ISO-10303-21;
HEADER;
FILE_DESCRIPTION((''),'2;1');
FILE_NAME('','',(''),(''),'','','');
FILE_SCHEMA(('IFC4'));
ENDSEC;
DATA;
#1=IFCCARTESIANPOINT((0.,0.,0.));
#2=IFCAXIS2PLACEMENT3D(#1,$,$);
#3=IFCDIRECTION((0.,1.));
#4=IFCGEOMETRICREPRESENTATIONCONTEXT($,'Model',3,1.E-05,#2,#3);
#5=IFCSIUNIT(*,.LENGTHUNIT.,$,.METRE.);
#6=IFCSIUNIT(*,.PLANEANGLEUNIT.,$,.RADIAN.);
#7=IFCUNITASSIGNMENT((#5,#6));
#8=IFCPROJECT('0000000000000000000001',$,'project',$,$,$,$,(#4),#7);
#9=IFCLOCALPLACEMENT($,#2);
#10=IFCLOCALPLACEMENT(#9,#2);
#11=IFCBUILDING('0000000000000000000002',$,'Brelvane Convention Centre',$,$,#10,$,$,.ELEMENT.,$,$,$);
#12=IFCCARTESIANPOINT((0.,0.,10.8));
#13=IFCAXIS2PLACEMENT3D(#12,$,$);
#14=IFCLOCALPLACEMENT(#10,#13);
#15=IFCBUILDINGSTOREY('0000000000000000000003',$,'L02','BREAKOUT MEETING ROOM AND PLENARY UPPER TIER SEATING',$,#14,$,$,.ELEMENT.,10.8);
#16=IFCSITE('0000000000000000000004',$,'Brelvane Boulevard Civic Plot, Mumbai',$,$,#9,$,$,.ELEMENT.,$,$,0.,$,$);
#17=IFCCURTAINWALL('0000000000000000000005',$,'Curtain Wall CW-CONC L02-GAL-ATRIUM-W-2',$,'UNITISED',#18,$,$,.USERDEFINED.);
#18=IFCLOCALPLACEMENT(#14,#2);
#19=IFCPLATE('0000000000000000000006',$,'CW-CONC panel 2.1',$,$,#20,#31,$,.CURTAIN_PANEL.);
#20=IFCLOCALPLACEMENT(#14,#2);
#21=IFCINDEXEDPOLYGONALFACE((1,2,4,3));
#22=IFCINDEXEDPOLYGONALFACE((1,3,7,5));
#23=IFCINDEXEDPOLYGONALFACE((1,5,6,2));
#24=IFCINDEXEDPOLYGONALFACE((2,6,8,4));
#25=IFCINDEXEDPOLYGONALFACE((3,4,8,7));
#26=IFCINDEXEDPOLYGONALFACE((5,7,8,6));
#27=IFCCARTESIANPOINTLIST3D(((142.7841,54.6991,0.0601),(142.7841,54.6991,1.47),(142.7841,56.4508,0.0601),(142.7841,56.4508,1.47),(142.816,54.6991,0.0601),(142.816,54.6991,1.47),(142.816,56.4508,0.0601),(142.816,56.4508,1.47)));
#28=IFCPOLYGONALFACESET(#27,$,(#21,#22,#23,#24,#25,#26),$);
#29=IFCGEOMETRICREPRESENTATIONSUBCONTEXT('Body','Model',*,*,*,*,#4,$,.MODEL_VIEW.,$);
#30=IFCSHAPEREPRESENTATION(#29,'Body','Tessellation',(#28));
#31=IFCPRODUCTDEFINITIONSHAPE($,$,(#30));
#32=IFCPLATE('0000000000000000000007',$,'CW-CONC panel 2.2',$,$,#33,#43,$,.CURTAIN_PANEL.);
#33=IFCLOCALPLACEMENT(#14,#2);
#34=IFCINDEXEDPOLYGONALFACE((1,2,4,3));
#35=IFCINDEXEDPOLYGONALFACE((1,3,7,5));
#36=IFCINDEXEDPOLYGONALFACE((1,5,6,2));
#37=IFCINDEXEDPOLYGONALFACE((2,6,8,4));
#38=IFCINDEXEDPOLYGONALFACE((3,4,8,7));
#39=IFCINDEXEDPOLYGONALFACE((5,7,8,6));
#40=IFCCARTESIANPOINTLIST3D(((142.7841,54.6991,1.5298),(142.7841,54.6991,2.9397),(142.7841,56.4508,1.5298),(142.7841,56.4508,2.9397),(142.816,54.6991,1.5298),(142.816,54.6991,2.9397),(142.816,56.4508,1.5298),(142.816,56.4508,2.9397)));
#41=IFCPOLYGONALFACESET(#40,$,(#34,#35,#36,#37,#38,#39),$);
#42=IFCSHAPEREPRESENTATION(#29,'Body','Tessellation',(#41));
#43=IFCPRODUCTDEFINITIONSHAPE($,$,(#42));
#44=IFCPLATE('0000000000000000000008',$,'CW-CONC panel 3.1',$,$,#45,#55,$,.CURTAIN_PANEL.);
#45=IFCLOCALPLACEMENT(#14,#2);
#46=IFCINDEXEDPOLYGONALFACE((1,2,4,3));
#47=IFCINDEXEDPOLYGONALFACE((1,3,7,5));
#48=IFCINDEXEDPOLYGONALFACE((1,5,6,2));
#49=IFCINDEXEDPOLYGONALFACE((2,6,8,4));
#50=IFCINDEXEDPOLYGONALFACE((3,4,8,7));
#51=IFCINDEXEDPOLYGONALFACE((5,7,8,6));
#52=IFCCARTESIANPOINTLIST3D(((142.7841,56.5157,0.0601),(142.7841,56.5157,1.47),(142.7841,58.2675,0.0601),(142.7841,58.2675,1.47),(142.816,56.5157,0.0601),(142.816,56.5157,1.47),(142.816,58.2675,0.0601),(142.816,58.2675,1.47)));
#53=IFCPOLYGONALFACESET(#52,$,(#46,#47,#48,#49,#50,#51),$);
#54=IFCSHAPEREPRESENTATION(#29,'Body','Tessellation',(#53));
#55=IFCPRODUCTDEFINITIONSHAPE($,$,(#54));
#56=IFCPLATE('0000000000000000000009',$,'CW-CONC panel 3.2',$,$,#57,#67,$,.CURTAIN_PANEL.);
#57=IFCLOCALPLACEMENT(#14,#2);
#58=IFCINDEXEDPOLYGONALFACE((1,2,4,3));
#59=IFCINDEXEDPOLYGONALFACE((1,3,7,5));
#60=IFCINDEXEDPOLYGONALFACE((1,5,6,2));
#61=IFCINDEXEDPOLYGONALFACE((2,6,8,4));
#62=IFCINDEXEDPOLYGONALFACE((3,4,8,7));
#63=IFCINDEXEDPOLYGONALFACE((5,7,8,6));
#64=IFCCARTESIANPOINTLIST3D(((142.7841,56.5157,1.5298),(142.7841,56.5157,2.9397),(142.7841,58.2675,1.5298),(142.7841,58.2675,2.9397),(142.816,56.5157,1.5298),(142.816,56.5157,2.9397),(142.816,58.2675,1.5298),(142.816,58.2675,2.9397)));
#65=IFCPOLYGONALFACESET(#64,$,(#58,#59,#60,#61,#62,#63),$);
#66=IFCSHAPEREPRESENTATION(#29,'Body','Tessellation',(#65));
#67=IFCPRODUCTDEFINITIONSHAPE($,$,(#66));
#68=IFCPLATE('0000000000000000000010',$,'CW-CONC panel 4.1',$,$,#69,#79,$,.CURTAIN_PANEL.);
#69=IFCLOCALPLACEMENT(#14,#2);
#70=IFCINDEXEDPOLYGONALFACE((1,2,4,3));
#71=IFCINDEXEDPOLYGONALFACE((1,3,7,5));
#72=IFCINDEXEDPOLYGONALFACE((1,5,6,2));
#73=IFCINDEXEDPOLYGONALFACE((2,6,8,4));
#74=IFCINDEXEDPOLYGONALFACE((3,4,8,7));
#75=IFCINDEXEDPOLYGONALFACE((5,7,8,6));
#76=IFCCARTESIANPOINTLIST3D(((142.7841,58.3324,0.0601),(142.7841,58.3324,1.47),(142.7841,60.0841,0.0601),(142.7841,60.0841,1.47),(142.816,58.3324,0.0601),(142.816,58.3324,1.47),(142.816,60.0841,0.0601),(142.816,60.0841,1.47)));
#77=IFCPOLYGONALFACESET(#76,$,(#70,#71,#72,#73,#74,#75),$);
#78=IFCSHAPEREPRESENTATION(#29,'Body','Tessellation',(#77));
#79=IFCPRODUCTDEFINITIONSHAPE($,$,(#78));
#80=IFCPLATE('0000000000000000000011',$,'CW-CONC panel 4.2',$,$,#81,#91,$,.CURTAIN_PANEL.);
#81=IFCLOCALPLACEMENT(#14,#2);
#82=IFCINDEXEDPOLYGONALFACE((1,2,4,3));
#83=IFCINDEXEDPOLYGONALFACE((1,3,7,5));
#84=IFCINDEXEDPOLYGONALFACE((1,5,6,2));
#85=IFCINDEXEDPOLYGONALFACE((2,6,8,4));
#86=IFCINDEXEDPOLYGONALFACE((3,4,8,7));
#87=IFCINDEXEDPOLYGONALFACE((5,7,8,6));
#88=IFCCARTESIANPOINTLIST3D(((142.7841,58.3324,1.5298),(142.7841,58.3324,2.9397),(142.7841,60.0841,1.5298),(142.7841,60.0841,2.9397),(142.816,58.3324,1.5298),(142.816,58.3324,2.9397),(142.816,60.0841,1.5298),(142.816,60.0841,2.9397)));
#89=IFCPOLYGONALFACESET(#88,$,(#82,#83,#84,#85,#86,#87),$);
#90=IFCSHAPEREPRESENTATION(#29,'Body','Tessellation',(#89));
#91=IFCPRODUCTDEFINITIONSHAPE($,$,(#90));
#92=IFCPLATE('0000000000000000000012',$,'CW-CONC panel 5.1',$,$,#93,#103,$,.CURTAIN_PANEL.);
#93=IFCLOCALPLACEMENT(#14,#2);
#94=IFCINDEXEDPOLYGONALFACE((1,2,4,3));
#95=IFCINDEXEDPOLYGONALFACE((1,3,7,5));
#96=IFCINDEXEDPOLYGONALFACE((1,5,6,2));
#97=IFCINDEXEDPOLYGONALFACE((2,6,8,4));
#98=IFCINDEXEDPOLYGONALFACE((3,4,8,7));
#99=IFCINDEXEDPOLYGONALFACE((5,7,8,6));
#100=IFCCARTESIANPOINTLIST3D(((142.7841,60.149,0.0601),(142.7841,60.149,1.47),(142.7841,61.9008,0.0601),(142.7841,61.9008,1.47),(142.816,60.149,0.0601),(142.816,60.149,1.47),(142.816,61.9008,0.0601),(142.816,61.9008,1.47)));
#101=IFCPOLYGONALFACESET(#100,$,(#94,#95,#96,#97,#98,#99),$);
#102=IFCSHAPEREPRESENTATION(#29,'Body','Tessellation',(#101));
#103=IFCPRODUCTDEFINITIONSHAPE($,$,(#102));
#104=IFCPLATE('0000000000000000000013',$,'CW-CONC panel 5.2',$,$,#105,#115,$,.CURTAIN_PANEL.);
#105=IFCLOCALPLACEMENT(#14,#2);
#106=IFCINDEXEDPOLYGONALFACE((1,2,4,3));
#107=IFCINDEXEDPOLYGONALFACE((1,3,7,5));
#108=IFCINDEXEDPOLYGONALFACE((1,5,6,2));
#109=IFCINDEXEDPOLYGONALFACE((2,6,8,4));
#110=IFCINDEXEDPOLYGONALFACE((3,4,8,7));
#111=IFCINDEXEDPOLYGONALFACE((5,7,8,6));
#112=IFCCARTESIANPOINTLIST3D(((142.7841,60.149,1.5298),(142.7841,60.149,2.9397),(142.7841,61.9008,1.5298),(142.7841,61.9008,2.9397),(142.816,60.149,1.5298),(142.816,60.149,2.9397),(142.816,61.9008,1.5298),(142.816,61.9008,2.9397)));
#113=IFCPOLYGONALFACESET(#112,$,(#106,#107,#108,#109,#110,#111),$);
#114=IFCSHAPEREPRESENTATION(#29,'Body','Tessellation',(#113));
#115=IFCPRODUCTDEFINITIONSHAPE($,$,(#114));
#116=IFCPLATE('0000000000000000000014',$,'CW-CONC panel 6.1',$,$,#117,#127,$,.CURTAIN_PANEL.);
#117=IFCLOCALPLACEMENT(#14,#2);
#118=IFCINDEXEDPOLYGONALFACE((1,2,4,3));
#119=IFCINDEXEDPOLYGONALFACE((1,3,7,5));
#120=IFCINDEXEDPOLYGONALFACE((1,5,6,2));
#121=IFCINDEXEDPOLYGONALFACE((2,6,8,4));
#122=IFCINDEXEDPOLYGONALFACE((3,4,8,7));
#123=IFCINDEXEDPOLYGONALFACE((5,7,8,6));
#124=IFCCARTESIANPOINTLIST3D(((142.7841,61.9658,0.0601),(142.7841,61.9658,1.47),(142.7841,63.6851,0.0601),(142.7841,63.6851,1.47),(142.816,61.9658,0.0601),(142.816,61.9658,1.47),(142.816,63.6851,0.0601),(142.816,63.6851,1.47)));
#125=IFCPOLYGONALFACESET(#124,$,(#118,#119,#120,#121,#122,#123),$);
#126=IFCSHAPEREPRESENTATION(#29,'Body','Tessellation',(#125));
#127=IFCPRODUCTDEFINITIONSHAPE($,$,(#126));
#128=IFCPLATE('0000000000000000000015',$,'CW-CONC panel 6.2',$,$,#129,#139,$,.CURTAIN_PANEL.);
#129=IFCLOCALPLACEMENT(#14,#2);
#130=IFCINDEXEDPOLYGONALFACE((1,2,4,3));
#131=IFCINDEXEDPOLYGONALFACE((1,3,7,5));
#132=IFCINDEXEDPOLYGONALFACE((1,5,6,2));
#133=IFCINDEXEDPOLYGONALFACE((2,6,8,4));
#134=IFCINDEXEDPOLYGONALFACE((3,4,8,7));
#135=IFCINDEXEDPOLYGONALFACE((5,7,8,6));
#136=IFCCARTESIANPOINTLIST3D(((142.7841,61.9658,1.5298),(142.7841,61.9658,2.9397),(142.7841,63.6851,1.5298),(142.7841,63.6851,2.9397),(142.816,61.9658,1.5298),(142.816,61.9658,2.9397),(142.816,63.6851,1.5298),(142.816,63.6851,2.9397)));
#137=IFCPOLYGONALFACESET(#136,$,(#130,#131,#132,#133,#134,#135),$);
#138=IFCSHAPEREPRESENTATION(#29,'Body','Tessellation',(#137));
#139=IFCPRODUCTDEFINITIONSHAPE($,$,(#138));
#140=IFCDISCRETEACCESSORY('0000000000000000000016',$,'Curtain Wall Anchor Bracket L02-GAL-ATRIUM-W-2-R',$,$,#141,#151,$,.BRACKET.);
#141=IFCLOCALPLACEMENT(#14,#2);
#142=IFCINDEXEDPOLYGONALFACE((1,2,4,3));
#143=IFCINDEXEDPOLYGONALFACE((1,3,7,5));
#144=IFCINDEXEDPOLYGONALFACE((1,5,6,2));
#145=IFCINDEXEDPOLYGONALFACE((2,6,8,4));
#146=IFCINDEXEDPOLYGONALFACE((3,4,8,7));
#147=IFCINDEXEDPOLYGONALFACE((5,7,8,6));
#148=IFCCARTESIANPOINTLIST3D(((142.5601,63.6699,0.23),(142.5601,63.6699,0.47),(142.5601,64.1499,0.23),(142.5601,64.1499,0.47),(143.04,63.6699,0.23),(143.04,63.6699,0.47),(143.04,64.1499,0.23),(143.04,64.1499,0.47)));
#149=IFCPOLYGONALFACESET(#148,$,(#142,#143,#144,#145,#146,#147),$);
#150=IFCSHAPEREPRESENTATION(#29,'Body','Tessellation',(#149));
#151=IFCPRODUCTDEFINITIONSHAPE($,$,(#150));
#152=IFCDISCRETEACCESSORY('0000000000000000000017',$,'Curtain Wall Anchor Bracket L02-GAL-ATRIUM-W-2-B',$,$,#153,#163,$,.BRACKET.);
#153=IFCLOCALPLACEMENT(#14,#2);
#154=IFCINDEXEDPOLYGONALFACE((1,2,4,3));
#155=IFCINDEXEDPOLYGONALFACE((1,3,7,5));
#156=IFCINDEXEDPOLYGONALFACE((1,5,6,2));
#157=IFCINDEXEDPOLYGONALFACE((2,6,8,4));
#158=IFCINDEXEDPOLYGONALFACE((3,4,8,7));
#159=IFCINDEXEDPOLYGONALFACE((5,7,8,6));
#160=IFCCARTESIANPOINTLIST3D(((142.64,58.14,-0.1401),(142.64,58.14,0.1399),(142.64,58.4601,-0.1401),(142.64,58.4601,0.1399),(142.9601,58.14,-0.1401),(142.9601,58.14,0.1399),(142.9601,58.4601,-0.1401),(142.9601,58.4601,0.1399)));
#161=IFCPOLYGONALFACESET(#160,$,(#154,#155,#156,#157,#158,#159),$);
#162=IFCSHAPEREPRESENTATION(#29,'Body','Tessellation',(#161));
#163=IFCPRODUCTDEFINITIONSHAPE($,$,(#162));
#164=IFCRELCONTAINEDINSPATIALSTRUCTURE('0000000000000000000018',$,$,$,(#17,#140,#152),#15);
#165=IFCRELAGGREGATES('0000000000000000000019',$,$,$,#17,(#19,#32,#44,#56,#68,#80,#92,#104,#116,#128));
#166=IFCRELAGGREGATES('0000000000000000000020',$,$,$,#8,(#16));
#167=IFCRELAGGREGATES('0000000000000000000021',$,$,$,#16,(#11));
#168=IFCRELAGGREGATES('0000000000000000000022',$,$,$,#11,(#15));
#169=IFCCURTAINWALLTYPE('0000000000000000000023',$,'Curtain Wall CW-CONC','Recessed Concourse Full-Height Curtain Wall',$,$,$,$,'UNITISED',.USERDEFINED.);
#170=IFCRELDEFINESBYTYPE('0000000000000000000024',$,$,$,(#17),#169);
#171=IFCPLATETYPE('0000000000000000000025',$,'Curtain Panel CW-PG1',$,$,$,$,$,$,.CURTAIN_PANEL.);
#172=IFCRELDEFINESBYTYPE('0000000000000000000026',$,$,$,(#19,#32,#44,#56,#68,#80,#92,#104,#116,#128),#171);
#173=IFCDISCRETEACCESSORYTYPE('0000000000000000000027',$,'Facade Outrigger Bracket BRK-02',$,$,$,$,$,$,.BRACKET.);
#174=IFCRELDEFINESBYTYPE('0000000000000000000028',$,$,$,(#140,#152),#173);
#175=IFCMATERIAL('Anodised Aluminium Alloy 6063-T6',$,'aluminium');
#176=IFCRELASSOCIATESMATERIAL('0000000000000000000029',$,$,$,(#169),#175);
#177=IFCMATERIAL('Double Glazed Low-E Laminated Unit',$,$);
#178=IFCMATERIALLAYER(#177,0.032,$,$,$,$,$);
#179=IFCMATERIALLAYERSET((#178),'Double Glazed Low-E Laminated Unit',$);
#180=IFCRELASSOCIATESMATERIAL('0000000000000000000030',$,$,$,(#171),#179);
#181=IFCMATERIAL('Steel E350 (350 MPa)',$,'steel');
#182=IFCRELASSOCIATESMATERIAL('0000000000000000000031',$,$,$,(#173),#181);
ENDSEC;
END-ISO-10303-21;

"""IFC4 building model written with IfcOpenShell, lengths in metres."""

from ifc_helpers import new_model, si_unit, direction, frame, origin, origin_2d, place, context, subcontext, project, spatial, rectangle, extrude, material, layer, layer_set, type_object, element, aggregate, save


model = new_model("IFC4")

# Units and contexts
model_context = context("Model", 3, precision=1e-05, world=origin(), true_north=direction((0.0, 1.0)))
body_context = subcontext(model_context, "Body", "Model", "MODEL_VIEW")
ifc_project = project(units=[si_unit("LENGTHUNIT", "METRE"), si_unit("PLANEANGLEUNIT", "RADIAN")], contexts=[model_context])

# Site, building, storey
site_placement = place(None, origin())
site = spatial("IfcSite", under=ifc_project, at=site_placement, Name="Brelvane Boulevard Civic Plot, Mumbai", CompositionType="ELEMENT", RefElevation=0.0)
building_placement = place(site_placement, origin())
building = spatial("IfcBuilding", under=site, at=building_placement, Name="Brelvane Convention Centre", CompositionType="ELEMENT")
storey_placement = place(building_placement, frame((0.0, 0.0, 10.8)))
storey = spatial("IfcBuildingStorey", under=building, at=storey_placement, Name="L02", Description="BREAKOUT MEETING ROOM AND PLENARY UPPER TIER SEATING", CompositionType="ELEMENT", Elevation=10.8)

# Curtain wall
ifc_material_1 = material(Name="Anodised Aluminium Alloy 6063-T6", Category="aluminium")
curtain_wall_type = type_object("IfcCurtainWallType", Name="Curtain Wall CW-CONC", Description="Recessed Concourse Full-Height Curtain Wall", ElementType="UNITISED", PredefinedType="USERDEFINED", material=ifc_material_1)
curtain_wall_placement = place(storey_placement, origin())
curtain_wall = element("IfcCurtainWall", 1, at=curtain_wall_placement, inside=storey, type_object=curtain_wall_type, Name="Curtain Wall CW-CONC L02-GAL-ATRIUM-W-2", ObjectType="UNITISED", PredefinedType="USERDEFINED")

# Plates
ifc_material_2 = material(Name="Double Glazed Low-E Laminated Unit")
ifc_layer = layer(ifc_material_2, 0.032)
ifc_layer_set = layer_set([ifc_layer], Name="Double Glazed Low-E Laminated Unit")
plate_type = type_object("IfcPlateType", Name="Curtain Panel CW-PG1", PredefinedType="CURTAIN_PANEL", material=ifc_layer_set)
plate_1_placement = place(storey_placement, frame((142.8, 55.575, 0.0601), z_axis=(0.0, 0.0, 1.0), x_axis=(0.0, 1.0, 0.0)))
plate_1 = element("IfcPlate", 2, at=plate_1_placement, type_object=plate_type, Name="CW-CONC panel 2.1", PredefinedType="CURTAIN_PANEL", context=body_context, shape_type="SweptSolid", body=[
    extrude(rectangle(XDim=1.7517, YDim=0.032, at=origin_2d()), origin(), (0.0, 0.0, 1.0), 1.4099),
])
plate_2_placement = place(storey_placement, frame((142.8, 55.575, 1.5298), z_axis=(0.0, 0.0, 1.0), x_axis=(0.0, 1.0, 0.0)))
plate_2 = element("IfcPlate", 3, at=plate_2_placement, type_object=plate_type, Name="CW-CONC panel 2.2", PredefinedType="CURTAIN_PANEL", context=body_context, shape_type="SweptSolid", body=[
    extrude(rectangle(XDim=1.7517, YDim=0.032, at=origin_2d()), origin(), (0.0, 0.0, 1.0), 1.4099),
])
plate_3_placement = place(storey_placement, frame((142.8, 57.3916, 0.0601), z_axis=(0.0, 0.0, 1.0), x_axis=(0.0, 1.0, 0.0)))
plate_3 = element("IfcPlate", 4, at=plate_3_placement, type_object=plate_type, Name="CW-CONC panel 3.1", PredefinedType="CURTAIN_PANEL", context=body_context, shape_type="SweptSolid", body=[
    extrude(rectangle(XDim=1.7517, YDim=0.032, at=origin_2d()), origin(), (0.0, 0.0, 1.0), 1.4099),
])
plate_4_placement = place(storey_placement, frame((142.8, 57.3916, 1.5298), z_axis=(0.0, 0.0, 1.0), x_axis=(0.0, 1.0, 0.0)))
plate_4 = element("IfcPlate", 5, at=plate_4_placement, type_object=plate_type, Name="CW-CONC panel 3.2", PredefinedType="CURTAIN_PANEL", context=body_context, shape_type="SweptSolid", body=[
    extrude(rectangle(XDim=1.7517, YDim=0.032, at=origin_2d()), origin(), (0.0, 0.0, 1.0), 1.4099),
])
plate_5_placement = place(storey_placement, frame((142.8, 59.2083, 0.0601), z_axis=(0.0, 0.0, 1.0), x_axis=(0.0, 1.0, 0.0)))
plate_5 = element("IfcPlate", 6, at=plate_5_placement, type_object=plate_type, Name="CW-CONC panel 4.1", PredefinedType="CURTAIN_PANEL", context=body_context, shape_type="SweptSolid", body=[
    extrude(rectangle(XDim=1.7517, YDim=0.032, at=origin_2d()), origin(), (0.0, 0.0, 1.0), 1.4099),
])
plate_6_placement = place(storey_placement, frame((142.8, 59.2083, 1.5298), z_axis=(0.0, 0.0, 1.0), x_axis=(0.0, 1.0, 0.0)))
plate_6 = element("IfcPlate", 7, at=plate_6_placement, type_object=plate_type, Name="CW-CONC panel 4.2", PredefinedType="CURTAIN_PANEL", context=body_context, shape_type="SweptSolid", body=[
    extrude(rectangle(XDim=1.7517, YDim=0.032, at=origin_2d()), origin(), (0.0, 0.0, 1.0), 1.4099),
])
plate_7_placement = place(storey_placement, frame((142.8, 61.0249, 0.0601), z_axis=(0.0, 0.0, 1.0), x_axis=(0.0, 1.0, 0.0)))
plate_7 = element("IfcPlate", 8, at=plate_7_placement, type_object=plate_type, Name="CW-CONC panel 5.1", PredefinedType="CURTAIN_PANEL", context=body_context, shape_type="SweptSolid", body=[
    extrude(rectangle(XDim=1.7517, YDim=0.032, at=origin_2d()), origin(), (0.0, 0.0, 1.0), 1.4099),
])
plate_8_placement = place(storey_placement, frame((142.8, 61.0249, 1.5298), z_axis=(0.0, 0.0, 1.0), x_axis=(0.0, 1.0, 0.0)))
plate_8 = element("IfcPlate", 9, at=plate_8_placement, type_object=plate_type, Name="CW-CONC panel 5.2", PredefinedType="CURTAIN_PANEL", context=body_context, shape_type="SweptSolid", body=[
    extrude(rectangle(XDim=1.7517, YDim=0.032, at=origin_2d()), origin(), (0.0, 0.0, 1.0), 1.4099),
])
plate_9_placement = place(storey_placement, frame((142.8, 62.8254, 0.0601), z_axis=(0.0, 0.0, 1.0), x_axis=(0.0, 1.0, 0.0)))
plate_9 = element("IfcPlate", 10, at=plate_9_placement, type_object=plate_type, Name="CW-CONC panel 6.1", PredefinedType="CURTAIN_PANEL", context=body_context, shape_type="SweptSolid", body=[
    extrude(rectangle(XDim=1.7192, YDim=0.032, at=origin_2d()), origin(), (0.0, 0.0, 1.0), 1.4099),
])
plate_10_placement = place(storey_placement, frame((142.8, 62.8254, 1.5298), z_axis=(0.0, 0.0, 1.0), x_axis=(0.0, 1.0, 0.0)))
plate_10 = element("IfcPlate", 11, at=plate_10_placement, type_object=plate_type, Name="CW-CONC panel 6.2", PredefinedType="CURTAIN_PANEL", context=body_context, shape_type="SweptSolid", body=[
    extrude(rectangle(XDim=1.7192, YDim=0.032, at=origin_2d()), origin(), (0.0, 0.0, 1.0), 1.4099),
])
aggregate(curtain_wall, [plate_1, plate_2, plate_3, plate_4, plate_5, plate_6, plate_7, plate_8, plate_9, plate_10])

# Discrete accessories
ifc_material_3 = material(Name="Steel E350 (350 MPa)", Category="steel")
discrete_accessory_type = type_object("IfcDiscreteAccessoryType", Name="Facade Outrigger Bracket BRK-02", PredefinedType="BRACKET", material=ifc_material_3)
discrete_accessory_1_placement = place(storey_placement, frame((142.8, 63.9099, 0.23), z_axis=(0.0, 0.0, 1.0), x_axis=(1.0, 0.0, 0.0)))
element("IfcDiscreteAccessory", 12, at=discrete_accessory_1_placement, inside=storey, type_object=discrete_accessory_type, Name="Curtain Wall Anchor Bracket L02-GAL-ATRIUM-W-2-R", PredefinedType="BRACKET", context=body_context, shape_type="SweptSolid", body=[
    extrude(rectangle(XDim=0.48, YDim=0.48, at=origin_2d()), origin(), (0.0, 0.0, 1.0), 0.24),
])
discrete_accessory_2_placement = place(storey_placement, frame((142.8, 58.3, -0.1401), z_axis=(0.0, 0.0, 1.0), x_axis=(1.0, 0.0, 0.0)))
element("IfcDiscreteAccessory", 13, at=discrete_accessory_2_placement, inside=storey, type_object=discrete_accessory_type, Name="Curtain Wall Anchor Bracket L02-GAL-ATRIUM-W-2-B", PredefinedType="BRACKET", context=body_context, shape_type="SweptSolid", body=[
    extrude(rectangle(XDim=0.3201, YDim=0.3201, at=origin_2d()), origin(), (0.0, 0.0, 1.0), 0.28),
])

save(model, "model.ifc")
